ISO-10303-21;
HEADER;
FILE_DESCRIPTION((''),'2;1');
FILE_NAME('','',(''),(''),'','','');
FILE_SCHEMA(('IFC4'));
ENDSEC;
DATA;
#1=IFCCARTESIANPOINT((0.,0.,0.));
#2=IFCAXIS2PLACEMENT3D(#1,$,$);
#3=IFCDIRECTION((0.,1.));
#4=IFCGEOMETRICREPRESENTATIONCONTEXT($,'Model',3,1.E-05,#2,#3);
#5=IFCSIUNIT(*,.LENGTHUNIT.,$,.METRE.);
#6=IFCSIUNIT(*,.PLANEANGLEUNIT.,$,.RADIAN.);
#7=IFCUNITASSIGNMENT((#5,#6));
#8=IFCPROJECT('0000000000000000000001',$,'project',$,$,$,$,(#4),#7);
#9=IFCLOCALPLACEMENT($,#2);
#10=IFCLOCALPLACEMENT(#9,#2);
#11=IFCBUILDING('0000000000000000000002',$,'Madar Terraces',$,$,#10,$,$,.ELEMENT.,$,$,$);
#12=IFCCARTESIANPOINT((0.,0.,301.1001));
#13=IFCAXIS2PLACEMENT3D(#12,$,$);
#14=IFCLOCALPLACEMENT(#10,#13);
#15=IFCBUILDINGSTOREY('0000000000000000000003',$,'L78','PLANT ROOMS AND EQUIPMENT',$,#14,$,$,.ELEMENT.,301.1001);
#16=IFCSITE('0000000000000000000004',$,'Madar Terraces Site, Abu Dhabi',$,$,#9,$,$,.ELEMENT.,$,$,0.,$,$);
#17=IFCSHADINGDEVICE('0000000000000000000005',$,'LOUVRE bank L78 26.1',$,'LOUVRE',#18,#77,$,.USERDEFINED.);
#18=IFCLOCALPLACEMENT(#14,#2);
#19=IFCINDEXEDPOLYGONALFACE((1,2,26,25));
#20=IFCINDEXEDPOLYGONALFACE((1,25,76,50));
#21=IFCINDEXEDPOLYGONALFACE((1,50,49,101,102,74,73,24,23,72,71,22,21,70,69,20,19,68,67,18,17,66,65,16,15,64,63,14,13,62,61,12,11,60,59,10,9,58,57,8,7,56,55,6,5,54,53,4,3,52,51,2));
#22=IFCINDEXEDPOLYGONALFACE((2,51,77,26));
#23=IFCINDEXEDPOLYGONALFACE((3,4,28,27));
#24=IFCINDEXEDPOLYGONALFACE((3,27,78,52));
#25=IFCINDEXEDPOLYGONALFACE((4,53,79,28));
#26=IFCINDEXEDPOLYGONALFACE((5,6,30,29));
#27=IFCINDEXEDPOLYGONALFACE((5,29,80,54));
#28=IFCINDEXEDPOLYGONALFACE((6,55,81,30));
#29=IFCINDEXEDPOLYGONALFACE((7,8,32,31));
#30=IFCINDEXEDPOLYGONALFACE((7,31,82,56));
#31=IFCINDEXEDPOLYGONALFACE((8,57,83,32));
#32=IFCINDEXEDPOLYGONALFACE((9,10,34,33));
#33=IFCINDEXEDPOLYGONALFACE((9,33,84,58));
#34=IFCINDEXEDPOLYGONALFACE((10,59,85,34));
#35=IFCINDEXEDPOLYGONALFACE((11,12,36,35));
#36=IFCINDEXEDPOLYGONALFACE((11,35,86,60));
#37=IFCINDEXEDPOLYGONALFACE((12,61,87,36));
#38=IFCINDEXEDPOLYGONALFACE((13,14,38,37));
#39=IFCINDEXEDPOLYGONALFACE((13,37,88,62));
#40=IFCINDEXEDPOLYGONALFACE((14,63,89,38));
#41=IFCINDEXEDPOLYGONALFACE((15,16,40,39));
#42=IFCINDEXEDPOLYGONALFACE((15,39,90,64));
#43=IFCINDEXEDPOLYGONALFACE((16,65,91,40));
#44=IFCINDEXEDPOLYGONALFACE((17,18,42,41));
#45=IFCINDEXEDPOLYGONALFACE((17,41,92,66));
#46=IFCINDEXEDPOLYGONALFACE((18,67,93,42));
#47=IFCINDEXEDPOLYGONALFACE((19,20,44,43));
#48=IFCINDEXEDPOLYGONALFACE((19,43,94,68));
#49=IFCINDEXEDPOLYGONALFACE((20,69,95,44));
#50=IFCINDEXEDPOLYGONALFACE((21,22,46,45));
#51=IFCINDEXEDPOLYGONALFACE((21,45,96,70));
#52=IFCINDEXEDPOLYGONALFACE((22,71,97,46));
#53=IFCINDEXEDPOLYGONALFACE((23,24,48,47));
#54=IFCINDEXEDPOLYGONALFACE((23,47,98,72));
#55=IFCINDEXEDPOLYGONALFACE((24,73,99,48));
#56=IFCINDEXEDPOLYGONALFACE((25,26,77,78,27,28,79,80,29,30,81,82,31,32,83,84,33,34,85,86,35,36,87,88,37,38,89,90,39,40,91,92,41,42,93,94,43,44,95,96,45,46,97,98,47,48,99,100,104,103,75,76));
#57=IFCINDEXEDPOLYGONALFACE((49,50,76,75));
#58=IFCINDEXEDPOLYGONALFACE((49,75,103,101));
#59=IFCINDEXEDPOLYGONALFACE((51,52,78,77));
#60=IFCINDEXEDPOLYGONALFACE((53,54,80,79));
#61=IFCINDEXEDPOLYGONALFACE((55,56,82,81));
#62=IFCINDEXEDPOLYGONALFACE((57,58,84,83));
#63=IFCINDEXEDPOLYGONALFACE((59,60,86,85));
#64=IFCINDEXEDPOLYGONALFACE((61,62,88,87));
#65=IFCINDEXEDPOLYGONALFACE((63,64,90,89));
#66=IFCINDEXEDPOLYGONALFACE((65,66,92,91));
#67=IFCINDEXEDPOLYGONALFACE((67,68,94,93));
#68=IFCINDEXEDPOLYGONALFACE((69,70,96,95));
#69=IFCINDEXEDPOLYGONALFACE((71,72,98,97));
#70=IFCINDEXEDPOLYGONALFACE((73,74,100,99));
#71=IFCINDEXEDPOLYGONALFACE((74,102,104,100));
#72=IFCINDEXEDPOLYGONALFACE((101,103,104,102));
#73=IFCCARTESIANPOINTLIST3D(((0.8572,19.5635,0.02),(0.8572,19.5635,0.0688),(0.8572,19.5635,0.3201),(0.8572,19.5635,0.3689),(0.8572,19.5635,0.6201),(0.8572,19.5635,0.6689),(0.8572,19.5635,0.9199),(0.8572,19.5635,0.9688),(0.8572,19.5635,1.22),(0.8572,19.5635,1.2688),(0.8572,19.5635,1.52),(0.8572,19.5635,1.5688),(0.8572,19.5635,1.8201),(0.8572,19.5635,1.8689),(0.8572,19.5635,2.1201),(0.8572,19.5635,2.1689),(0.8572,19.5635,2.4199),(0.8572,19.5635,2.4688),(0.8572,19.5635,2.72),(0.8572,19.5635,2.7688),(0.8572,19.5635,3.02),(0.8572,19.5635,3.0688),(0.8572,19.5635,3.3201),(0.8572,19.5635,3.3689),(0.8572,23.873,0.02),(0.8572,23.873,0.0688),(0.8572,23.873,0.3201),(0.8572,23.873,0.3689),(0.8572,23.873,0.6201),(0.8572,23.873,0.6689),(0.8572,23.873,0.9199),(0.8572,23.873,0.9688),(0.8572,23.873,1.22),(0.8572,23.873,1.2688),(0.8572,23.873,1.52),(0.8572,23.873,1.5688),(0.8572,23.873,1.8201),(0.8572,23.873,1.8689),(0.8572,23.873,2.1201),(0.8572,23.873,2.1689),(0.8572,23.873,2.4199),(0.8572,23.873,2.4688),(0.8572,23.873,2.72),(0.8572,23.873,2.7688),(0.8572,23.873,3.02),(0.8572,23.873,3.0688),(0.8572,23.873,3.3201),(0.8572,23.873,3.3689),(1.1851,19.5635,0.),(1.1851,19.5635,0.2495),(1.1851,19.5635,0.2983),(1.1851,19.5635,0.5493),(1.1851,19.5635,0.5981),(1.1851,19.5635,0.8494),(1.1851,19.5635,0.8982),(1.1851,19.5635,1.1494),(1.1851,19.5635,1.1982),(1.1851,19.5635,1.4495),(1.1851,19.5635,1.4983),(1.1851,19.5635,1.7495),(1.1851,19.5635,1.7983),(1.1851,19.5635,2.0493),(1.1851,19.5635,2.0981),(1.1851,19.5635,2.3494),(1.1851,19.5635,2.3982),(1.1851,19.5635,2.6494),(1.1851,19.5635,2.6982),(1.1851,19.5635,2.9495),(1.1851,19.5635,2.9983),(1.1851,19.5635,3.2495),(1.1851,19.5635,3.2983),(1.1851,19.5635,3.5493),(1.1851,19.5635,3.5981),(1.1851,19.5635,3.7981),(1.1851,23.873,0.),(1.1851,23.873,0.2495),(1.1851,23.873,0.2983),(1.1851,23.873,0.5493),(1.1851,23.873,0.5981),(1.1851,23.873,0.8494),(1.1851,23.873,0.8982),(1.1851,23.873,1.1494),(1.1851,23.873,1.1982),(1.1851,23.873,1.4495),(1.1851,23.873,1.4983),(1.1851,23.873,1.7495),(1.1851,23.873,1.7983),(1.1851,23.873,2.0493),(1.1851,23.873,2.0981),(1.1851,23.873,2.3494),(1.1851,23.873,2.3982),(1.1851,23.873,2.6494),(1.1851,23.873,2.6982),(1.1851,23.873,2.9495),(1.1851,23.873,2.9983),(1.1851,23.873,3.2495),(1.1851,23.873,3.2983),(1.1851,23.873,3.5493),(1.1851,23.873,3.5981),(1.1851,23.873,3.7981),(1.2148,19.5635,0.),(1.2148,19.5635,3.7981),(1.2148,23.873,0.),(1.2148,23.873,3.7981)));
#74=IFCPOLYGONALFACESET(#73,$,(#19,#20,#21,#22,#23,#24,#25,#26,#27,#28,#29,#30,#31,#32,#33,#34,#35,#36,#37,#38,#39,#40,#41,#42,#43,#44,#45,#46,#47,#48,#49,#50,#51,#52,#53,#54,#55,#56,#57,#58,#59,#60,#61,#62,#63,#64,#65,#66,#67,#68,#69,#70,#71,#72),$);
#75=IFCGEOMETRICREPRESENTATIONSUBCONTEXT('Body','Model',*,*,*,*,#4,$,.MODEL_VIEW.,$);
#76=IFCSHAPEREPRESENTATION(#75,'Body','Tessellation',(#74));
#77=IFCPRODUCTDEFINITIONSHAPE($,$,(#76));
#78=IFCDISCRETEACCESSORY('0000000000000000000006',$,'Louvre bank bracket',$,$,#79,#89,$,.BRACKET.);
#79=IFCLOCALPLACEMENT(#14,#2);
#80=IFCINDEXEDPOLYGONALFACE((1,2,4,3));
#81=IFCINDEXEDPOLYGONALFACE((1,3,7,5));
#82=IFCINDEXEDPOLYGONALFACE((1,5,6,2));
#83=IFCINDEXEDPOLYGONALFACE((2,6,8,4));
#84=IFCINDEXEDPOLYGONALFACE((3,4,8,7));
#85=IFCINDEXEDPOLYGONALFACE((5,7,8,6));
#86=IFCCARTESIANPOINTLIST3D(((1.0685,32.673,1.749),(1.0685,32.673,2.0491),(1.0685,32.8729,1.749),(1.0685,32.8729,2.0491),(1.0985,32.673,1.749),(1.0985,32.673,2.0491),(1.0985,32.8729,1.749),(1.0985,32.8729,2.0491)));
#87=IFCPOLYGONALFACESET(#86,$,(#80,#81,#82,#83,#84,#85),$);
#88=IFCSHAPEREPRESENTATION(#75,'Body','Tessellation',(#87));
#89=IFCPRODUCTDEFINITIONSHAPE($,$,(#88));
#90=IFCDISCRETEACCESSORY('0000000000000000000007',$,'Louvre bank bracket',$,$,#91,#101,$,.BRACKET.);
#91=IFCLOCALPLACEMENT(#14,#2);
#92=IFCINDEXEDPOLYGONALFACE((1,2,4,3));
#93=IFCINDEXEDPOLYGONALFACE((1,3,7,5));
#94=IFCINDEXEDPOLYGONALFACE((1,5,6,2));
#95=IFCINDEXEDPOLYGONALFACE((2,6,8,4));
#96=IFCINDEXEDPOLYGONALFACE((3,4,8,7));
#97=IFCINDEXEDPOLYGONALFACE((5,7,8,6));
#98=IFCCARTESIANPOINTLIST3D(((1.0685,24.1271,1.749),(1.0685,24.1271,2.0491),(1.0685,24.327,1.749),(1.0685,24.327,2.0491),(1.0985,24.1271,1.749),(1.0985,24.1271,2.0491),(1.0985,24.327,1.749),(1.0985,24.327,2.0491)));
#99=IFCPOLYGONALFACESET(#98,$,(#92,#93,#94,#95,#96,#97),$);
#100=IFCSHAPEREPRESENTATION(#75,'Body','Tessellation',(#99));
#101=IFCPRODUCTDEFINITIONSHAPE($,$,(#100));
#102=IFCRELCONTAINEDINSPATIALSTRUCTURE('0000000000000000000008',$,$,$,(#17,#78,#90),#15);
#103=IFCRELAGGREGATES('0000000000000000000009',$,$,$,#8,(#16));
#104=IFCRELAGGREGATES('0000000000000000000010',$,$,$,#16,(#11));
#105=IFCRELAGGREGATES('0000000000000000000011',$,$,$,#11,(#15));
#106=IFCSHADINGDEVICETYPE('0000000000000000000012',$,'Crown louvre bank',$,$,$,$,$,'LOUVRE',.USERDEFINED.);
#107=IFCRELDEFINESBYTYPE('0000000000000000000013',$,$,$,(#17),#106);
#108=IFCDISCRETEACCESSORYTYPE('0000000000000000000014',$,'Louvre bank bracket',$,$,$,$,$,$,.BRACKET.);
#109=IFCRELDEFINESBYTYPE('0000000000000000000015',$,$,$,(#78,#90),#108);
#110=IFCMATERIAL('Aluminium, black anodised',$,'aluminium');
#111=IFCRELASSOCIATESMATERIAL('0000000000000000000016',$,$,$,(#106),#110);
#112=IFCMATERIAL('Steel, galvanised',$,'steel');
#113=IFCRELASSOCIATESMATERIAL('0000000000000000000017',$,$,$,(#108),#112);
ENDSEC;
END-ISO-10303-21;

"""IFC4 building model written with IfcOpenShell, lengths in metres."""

from ifc_helpers import new_model, si_unit, direction, frame, origin, origin_2d, place, context, subcontext, project, spatial, polyline, rectangle, outline, extrude, material, type_object, element, save


model = new_model("IFC4")

# Units and contexts
model_context = context("Model", 3, precision=1e-05, world=origin(), true_north=direction((0.0, 1.0)))
body_context = subcontext(model_context, "Body", "Model", "MODEL_VIEW")
ifc_project = project(units=[si_unit("LENGTHUNIT", "METRE"), si_unit("PLANEANGLEUNIT", "RADIAN")], contexts=[model_context])

# Site, building, storey
site_placement = place(None, origin())
site = spatial("IfcSite", under=ifc_project, at=site_placement, Name="Madar Terraces Site, Abu Dhabi", CompositionType="ELEMENT", RefElevation=0.0)
building_placement = place(site_placement, origin())
building = spatial("IfcBuilding", under=site, at=building_placement, Name="Madar Terraces", CompositionType="ELEMENT")
storey_placement = place(building_placement, frame((0.0, 0.0, 301.1001)))
storey = spatial("IfcBuildingStorey", under=building, at=storey_placement, Name="L78", Description="PLANT ROOMS AND EQUIPMENT", CompositionType="ELEMENT", Elevation=301.1001)

# Shading device
ifc_material_1 = material(Name="Aluminium, black anodised", Category="aluminium")
shading_device_type = type_object("IfcShadingDeviceType", Name="Crown louvre bank", ElementType="LOUVRE", PredefinedType="USERDEFINED", material=ifc_material_1)
shading_device_1_placement = place(storey_placement, frame((1.2, 23.873, 0.0), z_axis=(0.0, -1.0, 0.0), x_axis=(1.0, 0.0, 0.0)))
element("IfcShadingDevice", 1, at=shading_device_1_placement, inside=storey, type_object=shading_device_type, Name="LOUVRE bank L78 26.1", ObjectType="LOUVRE", PredefinedType="USERDEFINED", context=body_context, shape_type="SweptSolid", body=[
    extrude(outline(polyline([(0.0149, 0.0), (-0.0149, 0.0), (-0.0149, 0.2495), (-0.3428, 0.02), (-0.3428, 0.0688), (-0.0149, 0.2983), (-0.0149, 0.5493), (-0.3428, 0.3201), (-0.3428, 0.3689), (-0.0149, 0.5981), (-0.0149, 0.8494), (-0.3428, 0.6201), (-0.3428, 0.6689), (-0.0149, 0.8982), (-0.0149, 1.1494), (-0.3428, 0.9199), (-0.3428, 0.9688), (-0.0149, 1.1982), (-0.0149, 1.4495), (-0.3428, 1.22), (-0.3428, 1.2688), (-0.0149, 1.4983), (-0.0149, 1.7495), (-0.3428, 1.52), (-0.3428, 1.5688), (-0.0149, 1.7983), (-0.0149, 2.0493), (-0.3428, 1.8201), (-0.3428, 1.8689), (-0.0149, 2.0981), (-0.0149, 2.3494), (-0.3428, 2.1201), (-0.3428, 2.1689), (-0.0149, 2.3982), (-0.0149, 2.6494), (-0.3428, 2.4199), (-0.3428, 2.4688), (-0.0149, 2.6982), (-0.0149, 2.9495), (-0.3428, 2.72), (-0.3428, 2.7688), (-0.0149, 2.9983), (-0.0149, 3.2495), (-0.3428, 3.02), (-0.3428, 3.0688), (-0.0149, 3.2983), (-0.0149, 3.5493), (-0.3428, 3.3201), (-0.3428, 3.3689), (-0.0149, 3.5981), (-0.0149, 3.7981), (0.0149, 3.7981), (0.0149, 0.0)])), origin(), (0.0, 0.0, 1.0), 4.3096),
])

# Discrete accessories
ifc_material_2 = material(Name="Steel, galvanised", Category="steel")
discrete_accessory_type = type_object("IfcDiscreteAccessoryType", Name="Louvre bank bracket", PredefinedType="BRACKET", material=ifc_material_2)
for number, where, z_axis, x_axis, name in (
    (2, (1.0835, 32.7729, 1.749), (0.0, 0.0, 1.0), (0.0, -1.0, 0.0), "Louvre bank bracket"),
    (3, (1.0835, 24.2271, 1.749), (0.0, 0.0, 1.0), (0.0, -1.0, 0.0), "Louvre bank bracket"),
):
    element("IfcDiscreteAccessory", number, at=place(storey_placement, frame(where, z_axis=z_axis, x_axis=x_axis)), inside=storey, type_object=discrete_accessory_type, Name=name, PredefinedType="BRACKET", context=body_context, shape_type="SweptSolid", body=[
        extrude(rectangle(XDim=0.2, YDim=0.03, at=origin_2d()), origin(), (0.0, 0.0, 1.0), 0.3),
    ])

save(model, "model.ifc")
